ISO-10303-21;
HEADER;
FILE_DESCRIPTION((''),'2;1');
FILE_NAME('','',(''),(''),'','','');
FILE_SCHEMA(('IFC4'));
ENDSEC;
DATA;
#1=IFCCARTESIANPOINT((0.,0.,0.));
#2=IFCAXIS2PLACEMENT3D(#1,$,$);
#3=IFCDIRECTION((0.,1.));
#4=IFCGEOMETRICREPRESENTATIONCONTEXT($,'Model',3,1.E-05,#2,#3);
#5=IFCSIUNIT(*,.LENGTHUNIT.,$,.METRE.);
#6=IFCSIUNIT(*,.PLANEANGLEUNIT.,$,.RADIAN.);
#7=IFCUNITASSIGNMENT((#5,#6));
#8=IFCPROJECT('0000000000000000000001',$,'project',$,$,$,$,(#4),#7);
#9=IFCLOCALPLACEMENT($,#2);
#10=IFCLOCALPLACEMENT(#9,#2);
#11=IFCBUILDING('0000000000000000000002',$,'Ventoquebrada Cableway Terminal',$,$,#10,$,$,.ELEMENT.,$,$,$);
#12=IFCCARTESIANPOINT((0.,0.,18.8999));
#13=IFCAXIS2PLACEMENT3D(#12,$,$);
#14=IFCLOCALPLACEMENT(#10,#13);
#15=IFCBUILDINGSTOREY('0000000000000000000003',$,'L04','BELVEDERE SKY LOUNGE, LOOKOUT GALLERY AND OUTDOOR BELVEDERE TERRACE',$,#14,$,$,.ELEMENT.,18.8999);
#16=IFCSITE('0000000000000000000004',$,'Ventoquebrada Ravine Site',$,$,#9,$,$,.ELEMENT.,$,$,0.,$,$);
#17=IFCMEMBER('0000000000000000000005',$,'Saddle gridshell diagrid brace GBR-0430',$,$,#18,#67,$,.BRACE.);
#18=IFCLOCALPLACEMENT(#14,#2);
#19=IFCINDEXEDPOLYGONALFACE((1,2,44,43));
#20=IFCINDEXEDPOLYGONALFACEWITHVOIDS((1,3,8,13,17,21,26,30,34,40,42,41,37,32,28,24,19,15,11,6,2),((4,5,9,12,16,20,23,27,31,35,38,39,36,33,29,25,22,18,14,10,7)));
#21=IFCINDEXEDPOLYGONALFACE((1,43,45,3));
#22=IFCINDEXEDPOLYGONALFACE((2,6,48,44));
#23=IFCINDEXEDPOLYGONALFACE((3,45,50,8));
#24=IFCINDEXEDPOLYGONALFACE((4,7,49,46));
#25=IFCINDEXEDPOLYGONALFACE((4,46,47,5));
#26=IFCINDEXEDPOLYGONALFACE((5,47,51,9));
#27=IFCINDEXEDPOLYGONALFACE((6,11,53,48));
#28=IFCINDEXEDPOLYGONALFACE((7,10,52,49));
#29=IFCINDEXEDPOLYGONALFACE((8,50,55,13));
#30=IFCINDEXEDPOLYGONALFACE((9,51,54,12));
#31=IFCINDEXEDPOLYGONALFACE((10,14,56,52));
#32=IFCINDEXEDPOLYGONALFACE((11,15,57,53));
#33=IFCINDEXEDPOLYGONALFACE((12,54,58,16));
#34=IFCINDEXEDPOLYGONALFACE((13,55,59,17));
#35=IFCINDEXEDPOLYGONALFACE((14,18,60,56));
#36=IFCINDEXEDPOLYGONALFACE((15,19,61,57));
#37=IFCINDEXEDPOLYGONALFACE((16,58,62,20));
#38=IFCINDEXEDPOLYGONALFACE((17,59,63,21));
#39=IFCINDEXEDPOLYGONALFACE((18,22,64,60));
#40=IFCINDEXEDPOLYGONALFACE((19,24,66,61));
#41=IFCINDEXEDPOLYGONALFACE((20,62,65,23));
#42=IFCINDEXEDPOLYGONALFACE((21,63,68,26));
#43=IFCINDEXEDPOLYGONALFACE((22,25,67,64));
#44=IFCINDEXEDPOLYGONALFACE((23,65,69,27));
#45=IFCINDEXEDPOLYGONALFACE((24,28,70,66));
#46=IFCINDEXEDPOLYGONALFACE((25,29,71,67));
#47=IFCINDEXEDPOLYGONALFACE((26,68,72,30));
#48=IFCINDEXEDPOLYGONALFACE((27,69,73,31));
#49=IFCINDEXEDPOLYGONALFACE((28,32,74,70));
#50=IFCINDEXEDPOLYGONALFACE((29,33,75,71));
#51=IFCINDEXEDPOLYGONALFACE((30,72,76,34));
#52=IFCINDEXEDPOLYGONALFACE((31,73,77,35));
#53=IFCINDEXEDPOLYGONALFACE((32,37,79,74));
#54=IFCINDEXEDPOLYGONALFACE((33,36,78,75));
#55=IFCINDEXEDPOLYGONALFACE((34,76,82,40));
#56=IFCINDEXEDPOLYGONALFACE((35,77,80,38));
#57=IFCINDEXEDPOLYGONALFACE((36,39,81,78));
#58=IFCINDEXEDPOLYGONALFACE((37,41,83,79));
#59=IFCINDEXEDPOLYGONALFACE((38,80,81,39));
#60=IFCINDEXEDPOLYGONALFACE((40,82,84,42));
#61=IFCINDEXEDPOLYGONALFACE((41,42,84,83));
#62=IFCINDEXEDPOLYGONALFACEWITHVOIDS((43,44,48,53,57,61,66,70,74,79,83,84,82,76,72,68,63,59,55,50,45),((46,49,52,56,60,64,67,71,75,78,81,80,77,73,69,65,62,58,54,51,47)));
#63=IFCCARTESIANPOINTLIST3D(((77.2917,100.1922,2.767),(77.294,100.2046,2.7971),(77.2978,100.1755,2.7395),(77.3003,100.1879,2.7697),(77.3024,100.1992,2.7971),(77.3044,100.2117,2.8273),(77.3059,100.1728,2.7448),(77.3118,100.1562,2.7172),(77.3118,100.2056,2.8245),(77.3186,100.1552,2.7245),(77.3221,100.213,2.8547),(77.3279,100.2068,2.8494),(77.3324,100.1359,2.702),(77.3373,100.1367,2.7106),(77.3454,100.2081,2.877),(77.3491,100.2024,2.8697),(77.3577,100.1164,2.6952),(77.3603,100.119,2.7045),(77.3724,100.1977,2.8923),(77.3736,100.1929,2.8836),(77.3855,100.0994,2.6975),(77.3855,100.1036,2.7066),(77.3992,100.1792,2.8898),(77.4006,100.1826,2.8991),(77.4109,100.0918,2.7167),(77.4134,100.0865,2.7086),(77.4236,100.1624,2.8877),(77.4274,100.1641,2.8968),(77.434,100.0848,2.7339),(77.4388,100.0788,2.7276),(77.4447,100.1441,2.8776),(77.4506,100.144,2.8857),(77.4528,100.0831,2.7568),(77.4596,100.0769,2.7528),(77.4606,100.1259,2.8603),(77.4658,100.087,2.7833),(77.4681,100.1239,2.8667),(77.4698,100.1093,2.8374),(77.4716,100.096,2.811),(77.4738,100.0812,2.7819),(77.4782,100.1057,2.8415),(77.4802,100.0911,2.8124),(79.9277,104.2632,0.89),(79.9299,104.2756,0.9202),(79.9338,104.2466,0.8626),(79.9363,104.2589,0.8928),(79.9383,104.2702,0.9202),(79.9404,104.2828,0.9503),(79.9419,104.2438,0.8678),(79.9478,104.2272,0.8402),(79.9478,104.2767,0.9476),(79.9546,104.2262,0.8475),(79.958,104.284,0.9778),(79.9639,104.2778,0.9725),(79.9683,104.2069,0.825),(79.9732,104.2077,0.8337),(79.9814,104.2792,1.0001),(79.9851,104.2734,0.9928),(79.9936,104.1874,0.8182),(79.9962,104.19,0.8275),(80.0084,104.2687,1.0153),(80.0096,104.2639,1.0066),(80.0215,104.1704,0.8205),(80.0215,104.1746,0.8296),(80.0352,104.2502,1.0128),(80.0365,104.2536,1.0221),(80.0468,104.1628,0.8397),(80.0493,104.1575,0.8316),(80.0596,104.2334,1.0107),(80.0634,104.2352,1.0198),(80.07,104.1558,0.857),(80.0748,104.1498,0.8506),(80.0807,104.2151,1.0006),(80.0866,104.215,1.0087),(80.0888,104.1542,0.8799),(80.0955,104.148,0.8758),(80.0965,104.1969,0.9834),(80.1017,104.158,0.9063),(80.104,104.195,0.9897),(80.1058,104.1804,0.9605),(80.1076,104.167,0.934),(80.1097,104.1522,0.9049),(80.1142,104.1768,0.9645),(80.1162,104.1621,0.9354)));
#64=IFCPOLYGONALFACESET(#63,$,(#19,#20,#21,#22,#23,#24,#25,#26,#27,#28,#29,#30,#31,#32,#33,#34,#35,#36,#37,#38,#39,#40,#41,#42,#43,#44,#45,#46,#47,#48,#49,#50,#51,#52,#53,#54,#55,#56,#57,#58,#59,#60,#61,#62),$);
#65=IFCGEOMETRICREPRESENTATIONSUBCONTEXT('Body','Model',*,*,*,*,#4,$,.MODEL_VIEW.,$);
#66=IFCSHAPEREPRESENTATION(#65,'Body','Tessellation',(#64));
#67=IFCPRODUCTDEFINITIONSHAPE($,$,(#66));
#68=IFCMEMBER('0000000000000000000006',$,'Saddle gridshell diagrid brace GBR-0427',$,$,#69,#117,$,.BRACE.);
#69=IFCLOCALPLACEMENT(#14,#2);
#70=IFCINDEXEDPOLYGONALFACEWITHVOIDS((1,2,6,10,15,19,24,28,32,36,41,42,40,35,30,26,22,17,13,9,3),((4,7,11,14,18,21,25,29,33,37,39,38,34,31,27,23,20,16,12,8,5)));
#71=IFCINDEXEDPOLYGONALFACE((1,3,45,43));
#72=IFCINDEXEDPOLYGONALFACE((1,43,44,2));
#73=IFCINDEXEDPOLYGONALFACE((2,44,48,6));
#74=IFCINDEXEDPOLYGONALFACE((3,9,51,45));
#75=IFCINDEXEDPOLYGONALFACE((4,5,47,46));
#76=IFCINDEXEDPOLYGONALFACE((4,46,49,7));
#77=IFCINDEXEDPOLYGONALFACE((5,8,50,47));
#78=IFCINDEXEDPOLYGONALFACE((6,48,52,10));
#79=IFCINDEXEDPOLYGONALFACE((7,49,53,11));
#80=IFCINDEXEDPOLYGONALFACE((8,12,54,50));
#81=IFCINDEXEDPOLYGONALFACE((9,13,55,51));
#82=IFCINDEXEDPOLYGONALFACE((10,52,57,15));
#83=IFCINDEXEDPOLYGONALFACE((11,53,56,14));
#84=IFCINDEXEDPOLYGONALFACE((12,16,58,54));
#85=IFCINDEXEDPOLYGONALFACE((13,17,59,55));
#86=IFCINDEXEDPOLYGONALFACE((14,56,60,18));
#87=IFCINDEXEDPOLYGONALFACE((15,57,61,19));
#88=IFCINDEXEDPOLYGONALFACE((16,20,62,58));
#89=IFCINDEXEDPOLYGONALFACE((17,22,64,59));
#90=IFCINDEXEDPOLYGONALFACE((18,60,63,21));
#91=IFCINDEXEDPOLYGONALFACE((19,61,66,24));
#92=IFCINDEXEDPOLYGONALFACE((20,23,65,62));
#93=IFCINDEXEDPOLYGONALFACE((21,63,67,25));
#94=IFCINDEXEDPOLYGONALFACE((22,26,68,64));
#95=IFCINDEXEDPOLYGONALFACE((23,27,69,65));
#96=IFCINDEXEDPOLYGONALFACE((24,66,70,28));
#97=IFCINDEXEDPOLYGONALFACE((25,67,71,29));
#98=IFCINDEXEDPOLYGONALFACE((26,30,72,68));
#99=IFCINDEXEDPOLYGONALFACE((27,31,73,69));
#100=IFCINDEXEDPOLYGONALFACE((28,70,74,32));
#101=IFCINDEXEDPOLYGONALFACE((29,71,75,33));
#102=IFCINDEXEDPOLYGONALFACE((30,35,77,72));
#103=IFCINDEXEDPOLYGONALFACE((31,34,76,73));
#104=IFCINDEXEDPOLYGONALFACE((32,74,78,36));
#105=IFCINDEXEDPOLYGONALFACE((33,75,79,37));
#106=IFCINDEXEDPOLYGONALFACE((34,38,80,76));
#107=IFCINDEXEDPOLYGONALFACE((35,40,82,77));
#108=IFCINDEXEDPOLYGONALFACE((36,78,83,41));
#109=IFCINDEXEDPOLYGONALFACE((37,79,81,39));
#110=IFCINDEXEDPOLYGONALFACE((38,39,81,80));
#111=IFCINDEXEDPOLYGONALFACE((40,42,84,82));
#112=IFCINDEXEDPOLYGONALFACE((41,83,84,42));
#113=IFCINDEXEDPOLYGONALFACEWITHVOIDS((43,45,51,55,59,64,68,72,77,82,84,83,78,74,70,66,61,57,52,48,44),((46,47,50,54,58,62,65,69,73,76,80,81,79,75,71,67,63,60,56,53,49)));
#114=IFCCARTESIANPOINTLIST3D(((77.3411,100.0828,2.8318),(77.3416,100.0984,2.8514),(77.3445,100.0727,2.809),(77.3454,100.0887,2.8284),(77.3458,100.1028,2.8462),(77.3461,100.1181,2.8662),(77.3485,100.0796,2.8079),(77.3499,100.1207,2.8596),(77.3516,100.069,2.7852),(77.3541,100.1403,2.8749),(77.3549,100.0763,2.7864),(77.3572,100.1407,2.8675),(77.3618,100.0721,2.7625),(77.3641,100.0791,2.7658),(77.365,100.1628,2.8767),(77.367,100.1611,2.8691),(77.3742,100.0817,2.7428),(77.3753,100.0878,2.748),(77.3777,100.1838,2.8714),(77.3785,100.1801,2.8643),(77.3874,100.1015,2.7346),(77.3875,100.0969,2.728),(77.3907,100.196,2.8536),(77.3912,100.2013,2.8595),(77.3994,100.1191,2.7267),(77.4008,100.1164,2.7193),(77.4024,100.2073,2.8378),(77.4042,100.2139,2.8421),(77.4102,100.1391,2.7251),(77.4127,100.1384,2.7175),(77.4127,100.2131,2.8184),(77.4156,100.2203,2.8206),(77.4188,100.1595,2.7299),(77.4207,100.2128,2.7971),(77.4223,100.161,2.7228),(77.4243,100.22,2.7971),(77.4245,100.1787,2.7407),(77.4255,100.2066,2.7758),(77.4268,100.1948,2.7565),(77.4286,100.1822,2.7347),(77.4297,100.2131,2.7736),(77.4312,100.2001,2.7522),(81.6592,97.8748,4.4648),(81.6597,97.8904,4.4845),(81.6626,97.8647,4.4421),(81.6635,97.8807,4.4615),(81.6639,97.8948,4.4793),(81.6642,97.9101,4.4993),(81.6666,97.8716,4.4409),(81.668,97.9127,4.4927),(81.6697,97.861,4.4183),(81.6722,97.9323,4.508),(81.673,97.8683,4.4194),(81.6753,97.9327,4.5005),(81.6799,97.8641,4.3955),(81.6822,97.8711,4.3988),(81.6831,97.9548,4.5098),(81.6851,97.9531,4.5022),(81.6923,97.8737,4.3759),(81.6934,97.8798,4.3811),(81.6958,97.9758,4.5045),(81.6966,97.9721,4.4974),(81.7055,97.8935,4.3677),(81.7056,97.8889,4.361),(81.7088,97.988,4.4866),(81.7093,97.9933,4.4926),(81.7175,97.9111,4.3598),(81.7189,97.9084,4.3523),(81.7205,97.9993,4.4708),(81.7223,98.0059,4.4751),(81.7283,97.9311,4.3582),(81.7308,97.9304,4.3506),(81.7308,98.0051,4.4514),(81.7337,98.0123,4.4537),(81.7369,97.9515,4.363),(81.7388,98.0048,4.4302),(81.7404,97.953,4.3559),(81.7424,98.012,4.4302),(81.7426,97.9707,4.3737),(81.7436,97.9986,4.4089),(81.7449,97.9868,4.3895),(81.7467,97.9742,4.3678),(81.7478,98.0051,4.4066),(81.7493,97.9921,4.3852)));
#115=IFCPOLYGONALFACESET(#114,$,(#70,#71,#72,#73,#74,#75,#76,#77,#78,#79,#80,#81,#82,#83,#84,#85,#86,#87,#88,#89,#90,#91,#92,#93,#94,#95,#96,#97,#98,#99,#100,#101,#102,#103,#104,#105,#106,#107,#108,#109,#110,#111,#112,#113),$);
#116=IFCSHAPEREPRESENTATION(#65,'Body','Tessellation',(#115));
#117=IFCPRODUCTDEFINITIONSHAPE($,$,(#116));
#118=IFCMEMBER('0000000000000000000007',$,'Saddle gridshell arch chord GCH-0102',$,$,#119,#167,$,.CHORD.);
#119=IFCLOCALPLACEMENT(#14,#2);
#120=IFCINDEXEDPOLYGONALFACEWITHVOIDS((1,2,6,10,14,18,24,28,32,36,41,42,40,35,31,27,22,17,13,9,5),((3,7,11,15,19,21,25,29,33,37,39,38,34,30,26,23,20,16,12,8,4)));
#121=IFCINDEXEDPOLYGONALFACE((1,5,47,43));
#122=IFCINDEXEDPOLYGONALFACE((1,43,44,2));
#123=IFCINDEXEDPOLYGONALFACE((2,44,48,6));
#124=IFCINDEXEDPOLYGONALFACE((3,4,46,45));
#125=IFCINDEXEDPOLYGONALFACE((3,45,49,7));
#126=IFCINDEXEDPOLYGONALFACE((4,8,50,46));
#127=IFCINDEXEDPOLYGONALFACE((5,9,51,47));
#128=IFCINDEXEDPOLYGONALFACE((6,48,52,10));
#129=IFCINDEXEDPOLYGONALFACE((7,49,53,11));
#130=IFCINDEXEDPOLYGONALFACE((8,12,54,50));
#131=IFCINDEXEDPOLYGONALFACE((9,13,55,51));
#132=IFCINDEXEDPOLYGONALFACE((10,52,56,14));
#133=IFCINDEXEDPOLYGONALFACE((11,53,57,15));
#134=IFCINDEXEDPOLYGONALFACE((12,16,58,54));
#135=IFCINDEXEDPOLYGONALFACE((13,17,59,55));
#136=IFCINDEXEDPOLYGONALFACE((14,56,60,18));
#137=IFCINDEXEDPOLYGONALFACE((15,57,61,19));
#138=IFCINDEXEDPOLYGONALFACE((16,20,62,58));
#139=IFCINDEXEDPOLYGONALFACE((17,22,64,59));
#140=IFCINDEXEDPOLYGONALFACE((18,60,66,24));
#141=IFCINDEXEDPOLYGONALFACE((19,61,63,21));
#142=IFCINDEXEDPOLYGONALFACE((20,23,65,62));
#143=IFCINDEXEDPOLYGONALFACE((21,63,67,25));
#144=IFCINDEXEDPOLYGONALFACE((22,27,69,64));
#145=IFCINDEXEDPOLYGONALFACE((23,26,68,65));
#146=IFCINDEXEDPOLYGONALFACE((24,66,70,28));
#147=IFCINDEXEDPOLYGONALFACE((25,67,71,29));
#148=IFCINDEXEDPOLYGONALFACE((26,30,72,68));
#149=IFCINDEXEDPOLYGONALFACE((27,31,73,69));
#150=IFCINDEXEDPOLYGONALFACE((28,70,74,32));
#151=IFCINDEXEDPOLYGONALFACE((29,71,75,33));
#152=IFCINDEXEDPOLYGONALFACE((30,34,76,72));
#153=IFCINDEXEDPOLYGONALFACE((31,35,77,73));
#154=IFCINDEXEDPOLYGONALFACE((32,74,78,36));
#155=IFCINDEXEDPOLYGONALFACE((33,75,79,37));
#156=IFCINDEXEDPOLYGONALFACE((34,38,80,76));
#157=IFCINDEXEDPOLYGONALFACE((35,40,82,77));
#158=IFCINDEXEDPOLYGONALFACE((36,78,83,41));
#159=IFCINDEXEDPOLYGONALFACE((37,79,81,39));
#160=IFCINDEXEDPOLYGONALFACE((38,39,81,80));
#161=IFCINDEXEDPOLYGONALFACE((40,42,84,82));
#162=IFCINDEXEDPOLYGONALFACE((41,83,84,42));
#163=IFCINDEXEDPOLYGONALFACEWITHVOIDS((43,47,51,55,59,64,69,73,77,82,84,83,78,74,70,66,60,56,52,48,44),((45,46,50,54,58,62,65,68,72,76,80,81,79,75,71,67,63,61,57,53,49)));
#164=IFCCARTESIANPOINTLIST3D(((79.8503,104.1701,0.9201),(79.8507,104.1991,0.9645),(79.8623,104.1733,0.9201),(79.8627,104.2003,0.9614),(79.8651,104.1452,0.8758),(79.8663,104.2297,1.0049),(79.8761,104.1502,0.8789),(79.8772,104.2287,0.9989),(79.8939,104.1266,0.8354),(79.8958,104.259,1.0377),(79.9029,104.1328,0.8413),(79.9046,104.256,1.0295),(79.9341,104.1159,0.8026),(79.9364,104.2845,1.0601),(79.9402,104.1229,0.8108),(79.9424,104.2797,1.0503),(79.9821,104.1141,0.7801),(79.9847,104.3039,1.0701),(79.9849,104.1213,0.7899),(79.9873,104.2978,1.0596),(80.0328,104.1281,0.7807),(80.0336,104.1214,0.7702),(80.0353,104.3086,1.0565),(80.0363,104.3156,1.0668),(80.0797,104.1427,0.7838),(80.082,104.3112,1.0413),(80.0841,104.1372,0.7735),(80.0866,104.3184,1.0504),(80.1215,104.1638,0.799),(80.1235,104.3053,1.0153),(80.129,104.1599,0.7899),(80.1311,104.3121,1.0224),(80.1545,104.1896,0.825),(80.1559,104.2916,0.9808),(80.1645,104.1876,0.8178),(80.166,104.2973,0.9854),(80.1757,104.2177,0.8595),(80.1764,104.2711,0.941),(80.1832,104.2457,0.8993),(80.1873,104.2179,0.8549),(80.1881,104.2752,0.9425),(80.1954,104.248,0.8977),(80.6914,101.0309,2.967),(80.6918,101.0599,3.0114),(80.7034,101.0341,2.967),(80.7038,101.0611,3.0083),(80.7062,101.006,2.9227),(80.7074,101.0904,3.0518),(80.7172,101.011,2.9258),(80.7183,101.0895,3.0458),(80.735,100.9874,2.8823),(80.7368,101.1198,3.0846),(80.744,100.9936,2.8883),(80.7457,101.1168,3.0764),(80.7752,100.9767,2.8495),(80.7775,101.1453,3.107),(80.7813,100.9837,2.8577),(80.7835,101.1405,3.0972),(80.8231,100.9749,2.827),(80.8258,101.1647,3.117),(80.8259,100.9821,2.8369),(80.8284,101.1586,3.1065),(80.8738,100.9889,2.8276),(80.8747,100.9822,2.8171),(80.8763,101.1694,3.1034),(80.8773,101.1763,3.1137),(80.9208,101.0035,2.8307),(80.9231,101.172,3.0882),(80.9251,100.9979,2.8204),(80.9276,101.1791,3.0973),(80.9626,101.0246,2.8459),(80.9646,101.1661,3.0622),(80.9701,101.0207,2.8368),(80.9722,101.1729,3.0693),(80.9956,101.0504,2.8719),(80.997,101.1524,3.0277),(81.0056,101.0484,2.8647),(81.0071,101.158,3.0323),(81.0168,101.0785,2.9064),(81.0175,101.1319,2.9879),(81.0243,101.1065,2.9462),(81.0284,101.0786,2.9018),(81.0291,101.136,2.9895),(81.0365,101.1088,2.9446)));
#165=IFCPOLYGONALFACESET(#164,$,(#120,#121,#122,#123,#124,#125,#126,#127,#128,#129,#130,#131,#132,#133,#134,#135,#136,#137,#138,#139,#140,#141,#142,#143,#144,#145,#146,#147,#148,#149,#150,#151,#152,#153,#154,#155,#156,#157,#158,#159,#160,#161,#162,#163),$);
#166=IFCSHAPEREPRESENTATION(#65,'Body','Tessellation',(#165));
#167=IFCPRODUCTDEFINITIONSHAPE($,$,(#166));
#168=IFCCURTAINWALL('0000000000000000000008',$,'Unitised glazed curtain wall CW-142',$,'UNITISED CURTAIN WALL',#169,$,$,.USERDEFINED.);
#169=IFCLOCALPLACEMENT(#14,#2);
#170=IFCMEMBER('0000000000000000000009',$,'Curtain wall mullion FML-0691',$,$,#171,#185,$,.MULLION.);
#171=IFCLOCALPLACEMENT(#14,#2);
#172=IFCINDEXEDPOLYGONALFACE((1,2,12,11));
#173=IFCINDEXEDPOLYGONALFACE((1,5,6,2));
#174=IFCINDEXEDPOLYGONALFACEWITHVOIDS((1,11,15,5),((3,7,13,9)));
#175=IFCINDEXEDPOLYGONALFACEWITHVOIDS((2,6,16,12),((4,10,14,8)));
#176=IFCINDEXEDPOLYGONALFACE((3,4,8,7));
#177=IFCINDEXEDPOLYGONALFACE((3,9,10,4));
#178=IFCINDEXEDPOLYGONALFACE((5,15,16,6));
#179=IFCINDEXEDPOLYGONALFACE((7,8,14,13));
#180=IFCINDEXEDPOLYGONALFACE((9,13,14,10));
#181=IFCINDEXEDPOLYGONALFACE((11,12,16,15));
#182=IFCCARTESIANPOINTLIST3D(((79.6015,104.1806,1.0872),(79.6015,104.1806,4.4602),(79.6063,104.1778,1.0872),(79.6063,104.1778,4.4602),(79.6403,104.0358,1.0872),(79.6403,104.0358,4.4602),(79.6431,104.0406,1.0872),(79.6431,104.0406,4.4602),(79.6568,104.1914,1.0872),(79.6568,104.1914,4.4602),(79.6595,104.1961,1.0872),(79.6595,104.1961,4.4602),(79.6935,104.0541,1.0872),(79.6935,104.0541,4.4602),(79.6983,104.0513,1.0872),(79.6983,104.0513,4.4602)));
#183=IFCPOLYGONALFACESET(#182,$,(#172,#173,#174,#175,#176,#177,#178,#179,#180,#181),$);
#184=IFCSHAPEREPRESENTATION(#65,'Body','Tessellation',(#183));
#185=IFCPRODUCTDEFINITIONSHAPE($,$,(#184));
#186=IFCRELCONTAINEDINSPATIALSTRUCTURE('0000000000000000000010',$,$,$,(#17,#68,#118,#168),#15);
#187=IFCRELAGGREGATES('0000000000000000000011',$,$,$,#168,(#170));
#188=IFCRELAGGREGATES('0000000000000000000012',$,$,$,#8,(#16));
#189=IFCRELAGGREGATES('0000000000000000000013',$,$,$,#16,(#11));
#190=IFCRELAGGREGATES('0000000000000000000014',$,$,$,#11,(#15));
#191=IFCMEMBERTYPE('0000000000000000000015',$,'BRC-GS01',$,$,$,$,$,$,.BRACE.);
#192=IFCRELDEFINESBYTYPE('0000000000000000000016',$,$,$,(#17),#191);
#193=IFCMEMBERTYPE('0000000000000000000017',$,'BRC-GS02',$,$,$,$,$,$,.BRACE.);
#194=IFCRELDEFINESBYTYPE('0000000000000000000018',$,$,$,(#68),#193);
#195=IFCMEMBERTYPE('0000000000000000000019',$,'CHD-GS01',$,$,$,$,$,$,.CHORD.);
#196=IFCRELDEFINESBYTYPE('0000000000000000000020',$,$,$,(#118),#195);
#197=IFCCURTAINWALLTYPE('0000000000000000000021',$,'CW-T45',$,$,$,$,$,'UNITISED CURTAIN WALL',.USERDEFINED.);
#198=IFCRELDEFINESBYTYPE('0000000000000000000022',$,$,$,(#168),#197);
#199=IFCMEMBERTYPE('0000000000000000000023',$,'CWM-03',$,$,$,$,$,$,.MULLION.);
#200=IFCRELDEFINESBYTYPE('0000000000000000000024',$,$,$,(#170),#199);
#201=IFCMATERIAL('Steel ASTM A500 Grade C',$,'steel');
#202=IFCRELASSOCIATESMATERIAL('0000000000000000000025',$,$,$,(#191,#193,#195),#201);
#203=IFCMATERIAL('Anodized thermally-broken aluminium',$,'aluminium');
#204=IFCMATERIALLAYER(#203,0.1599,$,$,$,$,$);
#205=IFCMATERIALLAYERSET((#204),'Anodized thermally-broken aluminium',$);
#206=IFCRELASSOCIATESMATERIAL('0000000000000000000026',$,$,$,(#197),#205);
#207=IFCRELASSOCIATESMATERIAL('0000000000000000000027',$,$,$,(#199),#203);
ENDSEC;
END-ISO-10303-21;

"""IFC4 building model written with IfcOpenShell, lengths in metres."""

from ifc_helpers import new_model, si_unit, direction, frame, origin, origin_2d, place, context, subcontext, project, spatial, hollow_rectangle, hollow_circle, extrude, material, layer, layer_set, material_profile, profile_set, type_object, element, aggregate, save


model = new_model("IFC4")

# Units and contexts
model_context = context("Model", 3, precision=1e-05, world=origin(), true_north=direction((0.0, 1.0)))
body_context = subcontext(model_context, "Body", "Model", "MODEL_VIEW")
ifc_project = project(units=[si_unit("LENGTHUNIT", "METRE"), si_unit("PLANEANGLEUNIT", "RADIAN")], contexts=[model_context])

# Site, building, storey
site_placement = place(None, origin())
site = spatial("IfcSite", under=ifc_project, at=site_placement, Name="Ventoquebrada Ravine Site", CompositionType="ELEMENT", RefElevation=0.0)
building_placement = place(site_placement, origin())
building = spatial("IfcBuilding", under=site, at=building_placement, Name="Ventoquebrada Cableway Terminal", CompositionType="ELEMENT")
storey_placement = place(building_placement, frame((0.0, 0.0, 18.8999)))
storey = spatial("IfcBuildingStorey", under=building, at=storey_placement, Name="L04", Description="BELVEDERE SKY LOUNGE, LOOKOUT GALLERY AND OUTDOOR BELVEDERE TERRACE", CompositionType="ELEMENT", Elevation=18.8999)

# Members
ifc_material_1 = material(Name="Steel ASTM A500 Grade C", Category="steel")
ifc_material_profile_1 = material_profile(ifc_material_1, hollow_circle(Radius=0.1096, WallThickness=0.01, at=origin_2d()), Name="CHS219.1X10")
ifc_profile_set_1 = profile_set([ifc_material_profile_1], Name="Steel ASTM A500 Grade C")
member_type_1 = type_object("IfcMemberType", Name="BRC-GS01", PredefinedType="BRACE", material=ifc_profile_set_1)
member_1_placement = place(storey_placement, frame((77.386, 100.145, 2.7971), z_axis=(0.506876, 0.782824, -0.360921), x_axis=(-0.839403, 0.54351, 0.0)))
element("IfcMember", 1, at=member_1_placement, inside=storey, type_object=member_type_1, Name="Saddle gridshell diagrid brace GBR-0430", PredefinedType="BRACE", context=body_context, shape_type="SweptSolid", body=[
    extrude(hollow_circle(Radius=0.1096, WallThickness=0.01, at=origin_2d()), origin(), (0.0, 0.0, 1.0), 5.2004),
])
ifc_material_profile_2 = material_profile(ifc_material_1, hollow_circle(Radius=0.0842, WallThickness=0.0081, at=origin_2d()), Name="CHS168.3X8")
ifc_profile_set_2 = profile_set([ifc_material_profile_2], Name="Steel ASTM A500 Grade C")
member_type_2 = type_object("IfcMemberType", Name="BRC-GS02", PredefinedType="BRACE", material=ifc_profile_set_2)
member_2_placement = place(storey_placement, frame((77.386, 100.145, 2.7971), z_axis=(0.843802, -0.431466, 0.319115), x_axis=(0.45527, 0.890354, 0.0)))
element("IfcMember", 2, at=member_2_placement, inside=storey, type_object=member_type_2, Name="Saddle gridshell diagrid brace GBR-0427", PredefinedType="BRACE", context=body_context, shape_type="SweptSolid", body=[
    extrude(hollow_circle(Radius=0.0842, WallThickness=0.0081, at=origin_2d()), origin(), (0.0, 0.0, 1.0), 5.1174),
])
ifc_material_profile_3 = material_profile(ifc_material_1, hollow_circle(Radius=0.1777, WallThickness=0.0125, at=origin_2d()), Name="CHS355.6X12.5")
ifc_profile_set_3 = profile_set([ifc_material_profile_3], Name="Steel ASTM A500 Grade C")
member_type_3 = type_object("IfcMemberType", Name="CHD-GS01", PredefinedType="CHORD", material=ifc_profile_set_3)
member_3_placement = place(storey_placement, frame((80.863, 101.0769, 2.967), z_axis=(-0.218984, 0.817329, -0.532935), x_axis=(-0.965931, -0.258799, 0.0)))
element("IfcMember", 3, at=member_3_placement, inside=storey, type_object=member_type_3, Name="Saddle gridshell arch chord GCH-0102", PredefinedType="CHORD", context=body_context, shape_type="SweptSolid", body=[
    extrude(hollow_circle(Radius=0.1777, WallThickness=0.0125, at=origin_2d()), origin(), (0.0, 0.0, 1.0), 3.8408),
])

# Curtain wall, member
ifc_material_2 = material(Name="Anodized thermally-broken aluminium", Category="aluminium")
ifc_layer_1 = layer(ifc_material_2, 0.1599)
ifc_layer_set_1 = layer_set([ifc_layer_1], Name="Anodized thermally-broken aluminium")
curtain_wall_type_1 = type_object("IfcCurtainWallType", Name="CW-T45", ElementType="UNITISED CURTAIN WALL", PredefinedType="USERDEFINED", material=ifc_layer_set_1)
curtain_wall_1_placement = place(storey_placement, origin())
curtain_wall_1 = element("IfcCurtainWall", 4, at=curtain_wall_1_placement, inside=storey, type_object=curtain_wall_type_1, Name="Unitised glazed curtain wall CW-142", ObjectType="UNITISED CURTAIN WALL", PredefinedType="USERDEFINED")
ifc_material_profile_4 = material_profile(ifc_material_2, hollow_rectangle(XDim=0.0601, YDim=0.1499, WallThickness=0.0039, at=origin_2d()), Name="CW-MUL-60X150")
ifc_profile_set_4 = profile_set([ifc_material_profile_4], Name="Anodized thermally-broken aluminium")
member_type_4 = type_object("IfcMemberType", Name="CWM-03", PredefinedType="MULLION", material=ifc_profile_set_4)
member_4_placement = place(storey_placement, frame((79.6499, 104.116, 1.0872), z_axis=(0.0, 0.0, 1.0), x_axis=(-0.965944, -0.258752, 0.0)))
member_4 = element("IfcMember", 5, at=member_4_placement, type_object=member_type_4, Name="Curtain wall mullion FML-0691", PredefinedType="MULLION", context=body_context, shape_type="SweptSolid", body=[
    extrude(hollow_rectangle(XDim=0.0601, YDim=0.1499, WallThickness=0.0039, at=origin_2d()), origin(), (0.0, 0.0, 1.0), 3.373),
])

aggregate(curtain_wall_1, [member_4])

save(model, "model.ifc")
